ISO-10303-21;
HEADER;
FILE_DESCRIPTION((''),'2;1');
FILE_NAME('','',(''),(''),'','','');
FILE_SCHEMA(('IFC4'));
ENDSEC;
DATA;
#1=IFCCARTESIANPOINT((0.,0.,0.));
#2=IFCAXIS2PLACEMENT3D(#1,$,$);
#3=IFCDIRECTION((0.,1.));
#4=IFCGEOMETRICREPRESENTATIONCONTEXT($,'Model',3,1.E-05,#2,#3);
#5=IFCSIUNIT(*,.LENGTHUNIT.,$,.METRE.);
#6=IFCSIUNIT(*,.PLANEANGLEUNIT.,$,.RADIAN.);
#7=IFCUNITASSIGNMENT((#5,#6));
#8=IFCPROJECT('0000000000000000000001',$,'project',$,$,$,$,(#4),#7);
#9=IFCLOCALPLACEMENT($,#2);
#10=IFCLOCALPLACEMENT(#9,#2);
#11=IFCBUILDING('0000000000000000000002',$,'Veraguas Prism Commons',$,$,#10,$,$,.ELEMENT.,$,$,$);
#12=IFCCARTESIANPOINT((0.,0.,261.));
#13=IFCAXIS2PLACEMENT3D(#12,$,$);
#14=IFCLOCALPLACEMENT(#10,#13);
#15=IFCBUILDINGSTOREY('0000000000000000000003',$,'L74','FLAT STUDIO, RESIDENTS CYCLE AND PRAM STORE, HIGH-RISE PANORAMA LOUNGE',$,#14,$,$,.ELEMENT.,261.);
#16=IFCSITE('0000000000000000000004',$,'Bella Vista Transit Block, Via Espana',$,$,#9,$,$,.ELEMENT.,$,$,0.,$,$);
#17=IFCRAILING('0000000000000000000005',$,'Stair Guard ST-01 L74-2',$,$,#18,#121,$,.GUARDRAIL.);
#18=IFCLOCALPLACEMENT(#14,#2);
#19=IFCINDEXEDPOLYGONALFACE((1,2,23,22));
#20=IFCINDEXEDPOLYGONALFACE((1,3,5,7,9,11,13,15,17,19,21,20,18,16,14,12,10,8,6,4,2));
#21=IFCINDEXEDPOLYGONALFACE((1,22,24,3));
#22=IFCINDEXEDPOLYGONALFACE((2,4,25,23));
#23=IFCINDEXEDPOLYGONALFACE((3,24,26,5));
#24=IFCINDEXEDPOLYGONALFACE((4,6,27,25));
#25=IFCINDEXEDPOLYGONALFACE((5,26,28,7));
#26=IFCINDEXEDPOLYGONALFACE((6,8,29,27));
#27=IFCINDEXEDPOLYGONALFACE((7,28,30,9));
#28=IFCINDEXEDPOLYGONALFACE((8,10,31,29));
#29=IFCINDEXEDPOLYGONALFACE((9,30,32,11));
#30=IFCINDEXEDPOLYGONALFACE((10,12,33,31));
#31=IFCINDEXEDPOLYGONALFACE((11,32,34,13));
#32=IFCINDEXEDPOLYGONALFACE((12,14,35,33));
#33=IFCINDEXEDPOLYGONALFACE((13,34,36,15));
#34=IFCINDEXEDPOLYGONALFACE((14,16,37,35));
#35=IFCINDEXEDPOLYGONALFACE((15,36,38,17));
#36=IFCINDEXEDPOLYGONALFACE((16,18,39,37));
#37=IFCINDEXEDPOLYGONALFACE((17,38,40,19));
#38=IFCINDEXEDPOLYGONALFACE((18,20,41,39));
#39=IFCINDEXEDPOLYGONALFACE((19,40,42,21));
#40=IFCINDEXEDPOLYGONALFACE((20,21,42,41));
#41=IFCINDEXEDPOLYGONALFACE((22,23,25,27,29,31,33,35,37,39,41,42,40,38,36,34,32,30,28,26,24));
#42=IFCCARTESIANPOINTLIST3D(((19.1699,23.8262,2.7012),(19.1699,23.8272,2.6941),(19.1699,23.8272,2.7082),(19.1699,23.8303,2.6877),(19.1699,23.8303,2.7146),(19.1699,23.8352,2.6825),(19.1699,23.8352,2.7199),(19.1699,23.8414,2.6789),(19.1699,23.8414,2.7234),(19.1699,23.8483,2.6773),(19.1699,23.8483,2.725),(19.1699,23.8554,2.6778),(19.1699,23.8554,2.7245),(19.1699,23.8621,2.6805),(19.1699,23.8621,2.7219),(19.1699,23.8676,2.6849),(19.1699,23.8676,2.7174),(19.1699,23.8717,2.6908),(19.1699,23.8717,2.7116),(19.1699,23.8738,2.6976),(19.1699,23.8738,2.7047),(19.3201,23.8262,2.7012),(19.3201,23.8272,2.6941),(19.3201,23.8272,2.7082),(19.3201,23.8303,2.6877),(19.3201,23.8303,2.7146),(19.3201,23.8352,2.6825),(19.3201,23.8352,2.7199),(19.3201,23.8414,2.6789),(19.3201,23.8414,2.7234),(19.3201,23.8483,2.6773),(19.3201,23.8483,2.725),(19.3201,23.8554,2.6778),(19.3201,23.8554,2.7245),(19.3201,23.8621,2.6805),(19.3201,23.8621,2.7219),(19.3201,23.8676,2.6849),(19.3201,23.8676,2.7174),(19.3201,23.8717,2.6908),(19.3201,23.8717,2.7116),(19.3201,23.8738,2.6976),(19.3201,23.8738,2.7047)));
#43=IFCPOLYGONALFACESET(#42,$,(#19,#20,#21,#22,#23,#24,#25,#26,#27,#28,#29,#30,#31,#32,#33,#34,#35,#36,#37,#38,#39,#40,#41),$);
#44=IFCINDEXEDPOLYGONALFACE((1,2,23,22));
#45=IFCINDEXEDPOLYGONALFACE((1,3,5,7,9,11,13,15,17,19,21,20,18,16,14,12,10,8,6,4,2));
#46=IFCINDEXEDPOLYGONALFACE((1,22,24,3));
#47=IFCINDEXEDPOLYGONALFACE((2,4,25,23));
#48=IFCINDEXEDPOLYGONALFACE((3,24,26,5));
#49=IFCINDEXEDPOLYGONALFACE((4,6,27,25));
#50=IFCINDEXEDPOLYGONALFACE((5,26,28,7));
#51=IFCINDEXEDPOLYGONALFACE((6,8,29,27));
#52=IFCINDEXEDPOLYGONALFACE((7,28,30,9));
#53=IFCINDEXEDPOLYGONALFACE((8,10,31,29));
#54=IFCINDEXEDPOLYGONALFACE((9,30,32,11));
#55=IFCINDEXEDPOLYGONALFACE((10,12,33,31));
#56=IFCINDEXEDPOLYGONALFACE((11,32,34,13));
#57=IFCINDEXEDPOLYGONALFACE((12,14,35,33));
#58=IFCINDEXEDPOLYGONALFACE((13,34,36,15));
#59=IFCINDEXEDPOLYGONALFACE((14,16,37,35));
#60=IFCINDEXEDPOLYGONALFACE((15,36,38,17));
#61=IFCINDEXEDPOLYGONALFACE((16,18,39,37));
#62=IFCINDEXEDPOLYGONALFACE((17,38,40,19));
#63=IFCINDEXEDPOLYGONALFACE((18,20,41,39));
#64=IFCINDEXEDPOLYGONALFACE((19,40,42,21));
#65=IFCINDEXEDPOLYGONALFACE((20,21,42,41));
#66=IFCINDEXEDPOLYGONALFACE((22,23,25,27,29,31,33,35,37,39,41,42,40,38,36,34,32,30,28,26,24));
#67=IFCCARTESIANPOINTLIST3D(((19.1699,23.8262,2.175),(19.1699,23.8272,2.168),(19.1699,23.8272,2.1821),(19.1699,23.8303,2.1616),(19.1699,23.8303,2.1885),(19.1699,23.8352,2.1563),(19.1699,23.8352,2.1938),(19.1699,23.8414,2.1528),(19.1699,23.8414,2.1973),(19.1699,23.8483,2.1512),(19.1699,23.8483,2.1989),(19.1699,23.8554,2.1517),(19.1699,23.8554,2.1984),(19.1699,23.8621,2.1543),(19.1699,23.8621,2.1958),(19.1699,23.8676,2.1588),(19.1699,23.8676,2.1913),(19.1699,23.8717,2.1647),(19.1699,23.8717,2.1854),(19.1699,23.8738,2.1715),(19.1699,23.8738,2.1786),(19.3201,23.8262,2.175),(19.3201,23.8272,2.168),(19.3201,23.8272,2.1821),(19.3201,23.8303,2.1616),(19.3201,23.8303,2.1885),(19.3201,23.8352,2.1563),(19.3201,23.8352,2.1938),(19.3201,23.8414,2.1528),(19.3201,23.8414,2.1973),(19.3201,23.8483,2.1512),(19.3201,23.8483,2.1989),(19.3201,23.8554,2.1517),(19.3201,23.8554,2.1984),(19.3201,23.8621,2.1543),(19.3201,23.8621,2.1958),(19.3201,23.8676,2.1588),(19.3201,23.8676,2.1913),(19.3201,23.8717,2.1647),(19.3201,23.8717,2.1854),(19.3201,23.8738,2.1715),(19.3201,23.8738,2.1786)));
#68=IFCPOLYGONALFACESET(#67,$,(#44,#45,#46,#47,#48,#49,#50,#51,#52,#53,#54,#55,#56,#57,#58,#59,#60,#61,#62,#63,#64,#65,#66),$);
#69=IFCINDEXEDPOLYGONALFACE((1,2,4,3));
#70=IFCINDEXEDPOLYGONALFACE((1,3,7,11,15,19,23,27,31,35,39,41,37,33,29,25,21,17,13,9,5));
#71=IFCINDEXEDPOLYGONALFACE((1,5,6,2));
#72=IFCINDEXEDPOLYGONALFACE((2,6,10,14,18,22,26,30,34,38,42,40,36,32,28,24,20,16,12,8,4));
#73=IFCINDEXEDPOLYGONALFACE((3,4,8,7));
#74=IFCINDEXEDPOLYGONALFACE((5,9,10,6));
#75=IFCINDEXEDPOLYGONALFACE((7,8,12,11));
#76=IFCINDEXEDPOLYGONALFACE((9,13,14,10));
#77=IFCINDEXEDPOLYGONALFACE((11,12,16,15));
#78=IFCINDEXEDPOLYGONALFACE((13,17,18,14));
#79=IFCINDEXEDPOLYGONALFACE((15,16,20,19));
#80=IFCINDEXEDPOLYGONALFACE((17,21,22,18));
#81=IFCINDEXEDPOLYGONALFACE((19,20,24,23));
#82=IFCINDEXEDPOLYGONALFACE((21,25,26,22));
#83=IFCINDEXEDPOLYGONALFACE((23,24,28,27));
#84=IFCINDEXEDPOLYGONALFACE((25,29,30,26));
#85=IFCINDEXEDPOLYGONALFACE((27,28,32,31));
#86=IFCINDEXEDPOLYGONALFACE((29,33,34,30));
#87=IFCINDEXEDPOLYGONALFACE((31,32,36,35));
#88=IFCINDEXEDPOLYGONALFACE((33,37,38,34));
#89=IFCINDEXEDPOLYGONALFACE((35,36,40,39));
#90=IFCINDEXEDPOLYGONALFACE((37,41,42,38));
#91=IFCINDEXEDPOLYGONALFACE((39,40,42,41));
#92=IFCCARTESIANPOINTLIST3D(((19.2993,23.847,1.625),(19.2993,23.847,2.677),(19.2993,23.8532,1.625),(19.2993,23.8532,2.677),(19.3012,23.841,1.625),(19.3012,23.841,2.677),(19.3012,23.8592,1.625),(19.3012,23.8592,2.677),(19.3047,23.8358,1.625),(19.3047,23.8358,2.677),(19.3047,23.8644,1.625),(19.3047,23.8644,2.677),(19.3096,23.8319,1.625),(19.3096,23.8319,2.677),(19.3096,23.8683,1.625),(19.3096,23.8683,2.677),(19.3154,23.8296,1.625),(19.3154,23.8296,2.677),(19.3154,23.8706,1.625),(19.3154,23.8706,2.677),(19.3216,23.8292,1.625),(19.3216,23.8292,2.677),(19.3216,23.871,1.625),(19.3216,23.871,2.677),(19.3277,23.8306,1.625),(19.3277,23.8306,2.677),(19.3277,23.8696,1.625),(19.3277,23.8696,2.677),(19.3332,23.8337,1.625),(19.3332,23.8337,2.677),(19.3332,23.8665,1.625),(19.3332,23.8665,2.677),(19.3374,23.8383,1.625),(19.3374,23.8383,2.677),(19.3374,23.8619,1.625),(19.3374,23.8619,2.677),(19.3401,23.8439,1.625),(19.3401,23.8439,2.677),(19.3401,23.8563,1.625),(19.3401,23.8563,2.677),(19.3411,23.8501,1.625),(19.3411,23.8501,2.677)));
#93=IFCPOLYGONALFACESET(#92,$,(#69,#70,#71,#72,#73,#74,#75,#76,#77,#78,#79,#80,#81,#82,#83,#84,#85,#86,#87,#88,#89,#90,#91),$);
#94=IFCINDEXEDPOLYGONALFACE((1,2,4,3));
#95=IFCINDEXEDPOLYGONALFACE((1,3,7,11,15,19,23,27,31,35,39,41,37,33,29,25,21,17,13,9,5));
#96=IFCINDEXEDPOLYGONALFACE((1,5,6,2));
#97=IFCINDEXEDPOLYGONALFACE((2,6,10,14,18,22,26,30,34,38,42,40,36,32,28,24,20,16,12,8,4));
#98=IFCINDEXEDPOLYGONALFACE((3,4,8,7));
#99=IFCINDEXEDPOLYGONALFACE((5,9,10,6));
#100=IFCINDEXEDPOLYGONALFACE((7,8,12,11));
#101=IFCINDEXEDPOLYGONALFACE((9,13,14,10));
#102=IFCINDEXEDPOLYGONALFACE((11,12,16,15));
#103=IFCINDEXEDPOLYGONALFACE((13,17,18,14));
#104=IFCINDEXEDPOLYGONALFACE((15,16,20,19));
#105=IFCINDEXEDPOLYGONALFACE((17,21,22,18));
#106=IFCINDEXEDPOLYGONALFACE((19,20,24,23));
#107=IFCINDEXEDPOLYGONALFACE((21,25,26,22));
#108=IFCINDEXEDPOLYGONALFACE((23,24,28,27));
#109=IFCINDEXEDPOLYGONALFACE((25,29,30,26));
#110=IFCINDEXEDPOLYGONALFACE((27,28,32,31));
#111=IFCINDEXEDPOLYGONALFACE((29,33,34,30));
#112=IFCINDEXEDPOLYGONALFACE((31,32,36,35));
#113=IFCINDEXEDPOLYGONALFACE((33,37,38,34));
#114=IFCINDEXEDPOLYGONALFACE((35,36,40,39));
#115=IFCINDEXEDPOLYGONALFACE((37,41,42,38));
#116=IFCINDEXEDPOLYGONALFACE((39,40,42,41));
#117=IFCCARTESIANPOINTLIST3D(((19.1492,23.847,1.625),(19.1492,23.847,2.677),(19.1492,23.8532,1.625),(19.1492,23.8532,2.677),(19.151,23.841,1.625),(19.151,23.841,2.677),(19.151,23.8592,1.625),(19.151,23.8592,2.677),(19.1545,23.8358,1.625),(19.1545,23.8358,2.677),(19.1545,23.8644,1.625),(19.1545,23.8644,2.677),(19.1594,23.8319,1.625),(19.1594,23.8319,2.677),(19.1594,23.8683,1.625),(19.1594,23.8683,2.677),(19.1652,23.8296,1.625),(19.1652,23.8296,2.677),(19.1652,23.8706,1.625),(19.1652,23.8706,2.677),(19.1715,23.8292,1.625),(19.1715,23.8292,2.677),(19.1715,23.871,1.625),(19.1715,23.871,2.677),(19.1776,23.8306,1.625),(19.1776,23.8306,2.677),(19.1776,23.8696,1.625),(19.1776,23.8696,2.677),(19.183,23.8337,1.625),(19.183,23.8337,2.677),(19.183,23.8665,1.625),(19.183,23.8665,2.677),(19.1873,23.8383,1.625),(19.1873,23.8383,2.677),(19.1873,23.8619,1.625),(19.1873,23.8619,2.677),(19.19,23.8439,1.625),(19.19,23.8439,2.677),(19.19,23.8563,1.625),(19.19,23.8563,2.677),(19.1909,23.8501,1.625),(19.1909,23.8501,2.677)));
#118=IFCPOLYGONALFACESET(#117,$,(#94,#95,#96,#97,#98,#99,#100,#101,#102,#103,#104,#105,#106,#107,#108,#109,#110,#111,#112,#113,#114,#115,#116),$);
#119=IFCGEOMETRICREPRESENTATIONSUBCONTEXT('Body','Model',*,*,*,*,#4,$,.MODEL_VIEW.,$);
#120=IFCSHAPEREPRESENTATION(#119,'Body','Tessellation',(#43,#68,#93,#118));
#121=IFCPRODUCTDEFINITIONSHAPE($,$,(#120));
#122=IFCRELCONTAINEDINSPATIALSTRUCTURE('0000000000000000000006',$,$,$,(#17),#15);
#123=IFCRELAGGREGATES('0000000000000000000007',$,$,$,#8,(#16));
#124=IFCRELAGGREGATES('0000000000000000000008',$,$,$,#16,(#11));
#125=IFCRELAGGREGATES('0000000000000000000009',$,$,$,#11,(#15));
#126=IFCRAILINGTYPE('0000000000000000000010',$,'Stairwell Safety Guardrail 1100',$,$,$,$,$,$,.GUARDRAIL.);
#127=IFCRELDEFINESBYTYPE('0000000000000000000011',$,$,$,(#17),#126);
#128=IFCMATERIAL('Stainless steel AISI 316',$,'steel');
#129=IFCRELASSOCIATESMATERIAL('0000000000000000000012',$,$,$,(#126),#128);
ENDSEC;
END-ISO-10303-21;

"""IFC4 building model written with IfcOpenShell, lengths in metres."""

from ifc_helpers import new_model, si_unit, direction, frame, origin, origin_2d, place, context, subcontext, project, spatial, circle, extrude, material, type_object, element, save


model = new_model("IFC4")

# Units and contexts
model_context = context("Model", 3, precision=1e-05, world=origin(), true_north=direction((0.0, 1.0)))
body_context = subcontext(model_context, "Body", "Model", "MODEL_VIEW")
ifc_project = project(units=[si_unit("LENGTHUNIT", "METRE"), si_unit("PLANEANGLEUNIT", "RADIAN")], contexts=[model_context])

# Site, building, storey
site_placement = place(None, origin())
site = spatial("IfcSite", under=ifc_project, at=site_placement, Name="Bella Vista Transit Block, Via Espana", CompositionType="ELEMENT", RefElevation=0.0)
building_placement = place(site_placement, origin())
building = spatial("IfcBuilding", under=site, at=building_placement, Name="Veraguas Prism Commons", CompositionType="ELEMENT")
storey_placement = place(building_placement, frame((0.0, 0.0, 261.0)))
storey = spatial("IfcBuildingStorey", under=building, at=storey_placement, Name="L74", Description="FLAT STUDIO, RESIDENTS CYCLE AND PRAM STORE, HIGH-RISE PANORAMA LOUNGE", CompositionType="ELEMENT", Elevation=261.0)

# Railing
ifc_material_1 = material(Name="Stainless steel AISI 316", Category="steel")
railing_type_1 = type_object("IfcRailingType", Name="Stairwell Safety Guardrail 1100", PredefinedType="GUARDRAIL", material=ifc_material_1)
railing_1_placement = place(storey_placement, frame((19.3201, 23.8501, 1.625)))
element("IfcRailing", 1, at=railing_1_placement, inside=storey, type_object=railing_type_1, Name="Stair Guard ST-01 L74-2", PredefinedType="GUARDRAIL", context=body_context, shape_type="SweptSolid", body=[
    extrude(circle(Radius=0.0239, at=origin_2d()), frame((0.0, 0.0, 1.0762), z_axis=(-1.0, 0.0, 0.0), x_axis=(0.0, -1.0, 0.0)), (0.0, 0.0, 1.0), 0.1501),
    extrude(circle(Radius=0.0239, at=origin_2d()), frame((0.0, 0.0, 0.55), z_axis=(-1.0, 0.0, 0.0), x_axis=(0.0, -1.0, 0.0)), (0.0, 0.0, 1.0), 0.1501),
    extrude(circle(Radius=0.021, at=origin_2d()), origin(), (0.0, 0.0, 1.0), 1.052),
    extrude(circle(Radius=0.021, at=origin_2d()), frame((-0.1501, 0.0, 0.0)), (0.0, 0.0, 1.0), 1.052),
])

save(model, "model.ifc")
